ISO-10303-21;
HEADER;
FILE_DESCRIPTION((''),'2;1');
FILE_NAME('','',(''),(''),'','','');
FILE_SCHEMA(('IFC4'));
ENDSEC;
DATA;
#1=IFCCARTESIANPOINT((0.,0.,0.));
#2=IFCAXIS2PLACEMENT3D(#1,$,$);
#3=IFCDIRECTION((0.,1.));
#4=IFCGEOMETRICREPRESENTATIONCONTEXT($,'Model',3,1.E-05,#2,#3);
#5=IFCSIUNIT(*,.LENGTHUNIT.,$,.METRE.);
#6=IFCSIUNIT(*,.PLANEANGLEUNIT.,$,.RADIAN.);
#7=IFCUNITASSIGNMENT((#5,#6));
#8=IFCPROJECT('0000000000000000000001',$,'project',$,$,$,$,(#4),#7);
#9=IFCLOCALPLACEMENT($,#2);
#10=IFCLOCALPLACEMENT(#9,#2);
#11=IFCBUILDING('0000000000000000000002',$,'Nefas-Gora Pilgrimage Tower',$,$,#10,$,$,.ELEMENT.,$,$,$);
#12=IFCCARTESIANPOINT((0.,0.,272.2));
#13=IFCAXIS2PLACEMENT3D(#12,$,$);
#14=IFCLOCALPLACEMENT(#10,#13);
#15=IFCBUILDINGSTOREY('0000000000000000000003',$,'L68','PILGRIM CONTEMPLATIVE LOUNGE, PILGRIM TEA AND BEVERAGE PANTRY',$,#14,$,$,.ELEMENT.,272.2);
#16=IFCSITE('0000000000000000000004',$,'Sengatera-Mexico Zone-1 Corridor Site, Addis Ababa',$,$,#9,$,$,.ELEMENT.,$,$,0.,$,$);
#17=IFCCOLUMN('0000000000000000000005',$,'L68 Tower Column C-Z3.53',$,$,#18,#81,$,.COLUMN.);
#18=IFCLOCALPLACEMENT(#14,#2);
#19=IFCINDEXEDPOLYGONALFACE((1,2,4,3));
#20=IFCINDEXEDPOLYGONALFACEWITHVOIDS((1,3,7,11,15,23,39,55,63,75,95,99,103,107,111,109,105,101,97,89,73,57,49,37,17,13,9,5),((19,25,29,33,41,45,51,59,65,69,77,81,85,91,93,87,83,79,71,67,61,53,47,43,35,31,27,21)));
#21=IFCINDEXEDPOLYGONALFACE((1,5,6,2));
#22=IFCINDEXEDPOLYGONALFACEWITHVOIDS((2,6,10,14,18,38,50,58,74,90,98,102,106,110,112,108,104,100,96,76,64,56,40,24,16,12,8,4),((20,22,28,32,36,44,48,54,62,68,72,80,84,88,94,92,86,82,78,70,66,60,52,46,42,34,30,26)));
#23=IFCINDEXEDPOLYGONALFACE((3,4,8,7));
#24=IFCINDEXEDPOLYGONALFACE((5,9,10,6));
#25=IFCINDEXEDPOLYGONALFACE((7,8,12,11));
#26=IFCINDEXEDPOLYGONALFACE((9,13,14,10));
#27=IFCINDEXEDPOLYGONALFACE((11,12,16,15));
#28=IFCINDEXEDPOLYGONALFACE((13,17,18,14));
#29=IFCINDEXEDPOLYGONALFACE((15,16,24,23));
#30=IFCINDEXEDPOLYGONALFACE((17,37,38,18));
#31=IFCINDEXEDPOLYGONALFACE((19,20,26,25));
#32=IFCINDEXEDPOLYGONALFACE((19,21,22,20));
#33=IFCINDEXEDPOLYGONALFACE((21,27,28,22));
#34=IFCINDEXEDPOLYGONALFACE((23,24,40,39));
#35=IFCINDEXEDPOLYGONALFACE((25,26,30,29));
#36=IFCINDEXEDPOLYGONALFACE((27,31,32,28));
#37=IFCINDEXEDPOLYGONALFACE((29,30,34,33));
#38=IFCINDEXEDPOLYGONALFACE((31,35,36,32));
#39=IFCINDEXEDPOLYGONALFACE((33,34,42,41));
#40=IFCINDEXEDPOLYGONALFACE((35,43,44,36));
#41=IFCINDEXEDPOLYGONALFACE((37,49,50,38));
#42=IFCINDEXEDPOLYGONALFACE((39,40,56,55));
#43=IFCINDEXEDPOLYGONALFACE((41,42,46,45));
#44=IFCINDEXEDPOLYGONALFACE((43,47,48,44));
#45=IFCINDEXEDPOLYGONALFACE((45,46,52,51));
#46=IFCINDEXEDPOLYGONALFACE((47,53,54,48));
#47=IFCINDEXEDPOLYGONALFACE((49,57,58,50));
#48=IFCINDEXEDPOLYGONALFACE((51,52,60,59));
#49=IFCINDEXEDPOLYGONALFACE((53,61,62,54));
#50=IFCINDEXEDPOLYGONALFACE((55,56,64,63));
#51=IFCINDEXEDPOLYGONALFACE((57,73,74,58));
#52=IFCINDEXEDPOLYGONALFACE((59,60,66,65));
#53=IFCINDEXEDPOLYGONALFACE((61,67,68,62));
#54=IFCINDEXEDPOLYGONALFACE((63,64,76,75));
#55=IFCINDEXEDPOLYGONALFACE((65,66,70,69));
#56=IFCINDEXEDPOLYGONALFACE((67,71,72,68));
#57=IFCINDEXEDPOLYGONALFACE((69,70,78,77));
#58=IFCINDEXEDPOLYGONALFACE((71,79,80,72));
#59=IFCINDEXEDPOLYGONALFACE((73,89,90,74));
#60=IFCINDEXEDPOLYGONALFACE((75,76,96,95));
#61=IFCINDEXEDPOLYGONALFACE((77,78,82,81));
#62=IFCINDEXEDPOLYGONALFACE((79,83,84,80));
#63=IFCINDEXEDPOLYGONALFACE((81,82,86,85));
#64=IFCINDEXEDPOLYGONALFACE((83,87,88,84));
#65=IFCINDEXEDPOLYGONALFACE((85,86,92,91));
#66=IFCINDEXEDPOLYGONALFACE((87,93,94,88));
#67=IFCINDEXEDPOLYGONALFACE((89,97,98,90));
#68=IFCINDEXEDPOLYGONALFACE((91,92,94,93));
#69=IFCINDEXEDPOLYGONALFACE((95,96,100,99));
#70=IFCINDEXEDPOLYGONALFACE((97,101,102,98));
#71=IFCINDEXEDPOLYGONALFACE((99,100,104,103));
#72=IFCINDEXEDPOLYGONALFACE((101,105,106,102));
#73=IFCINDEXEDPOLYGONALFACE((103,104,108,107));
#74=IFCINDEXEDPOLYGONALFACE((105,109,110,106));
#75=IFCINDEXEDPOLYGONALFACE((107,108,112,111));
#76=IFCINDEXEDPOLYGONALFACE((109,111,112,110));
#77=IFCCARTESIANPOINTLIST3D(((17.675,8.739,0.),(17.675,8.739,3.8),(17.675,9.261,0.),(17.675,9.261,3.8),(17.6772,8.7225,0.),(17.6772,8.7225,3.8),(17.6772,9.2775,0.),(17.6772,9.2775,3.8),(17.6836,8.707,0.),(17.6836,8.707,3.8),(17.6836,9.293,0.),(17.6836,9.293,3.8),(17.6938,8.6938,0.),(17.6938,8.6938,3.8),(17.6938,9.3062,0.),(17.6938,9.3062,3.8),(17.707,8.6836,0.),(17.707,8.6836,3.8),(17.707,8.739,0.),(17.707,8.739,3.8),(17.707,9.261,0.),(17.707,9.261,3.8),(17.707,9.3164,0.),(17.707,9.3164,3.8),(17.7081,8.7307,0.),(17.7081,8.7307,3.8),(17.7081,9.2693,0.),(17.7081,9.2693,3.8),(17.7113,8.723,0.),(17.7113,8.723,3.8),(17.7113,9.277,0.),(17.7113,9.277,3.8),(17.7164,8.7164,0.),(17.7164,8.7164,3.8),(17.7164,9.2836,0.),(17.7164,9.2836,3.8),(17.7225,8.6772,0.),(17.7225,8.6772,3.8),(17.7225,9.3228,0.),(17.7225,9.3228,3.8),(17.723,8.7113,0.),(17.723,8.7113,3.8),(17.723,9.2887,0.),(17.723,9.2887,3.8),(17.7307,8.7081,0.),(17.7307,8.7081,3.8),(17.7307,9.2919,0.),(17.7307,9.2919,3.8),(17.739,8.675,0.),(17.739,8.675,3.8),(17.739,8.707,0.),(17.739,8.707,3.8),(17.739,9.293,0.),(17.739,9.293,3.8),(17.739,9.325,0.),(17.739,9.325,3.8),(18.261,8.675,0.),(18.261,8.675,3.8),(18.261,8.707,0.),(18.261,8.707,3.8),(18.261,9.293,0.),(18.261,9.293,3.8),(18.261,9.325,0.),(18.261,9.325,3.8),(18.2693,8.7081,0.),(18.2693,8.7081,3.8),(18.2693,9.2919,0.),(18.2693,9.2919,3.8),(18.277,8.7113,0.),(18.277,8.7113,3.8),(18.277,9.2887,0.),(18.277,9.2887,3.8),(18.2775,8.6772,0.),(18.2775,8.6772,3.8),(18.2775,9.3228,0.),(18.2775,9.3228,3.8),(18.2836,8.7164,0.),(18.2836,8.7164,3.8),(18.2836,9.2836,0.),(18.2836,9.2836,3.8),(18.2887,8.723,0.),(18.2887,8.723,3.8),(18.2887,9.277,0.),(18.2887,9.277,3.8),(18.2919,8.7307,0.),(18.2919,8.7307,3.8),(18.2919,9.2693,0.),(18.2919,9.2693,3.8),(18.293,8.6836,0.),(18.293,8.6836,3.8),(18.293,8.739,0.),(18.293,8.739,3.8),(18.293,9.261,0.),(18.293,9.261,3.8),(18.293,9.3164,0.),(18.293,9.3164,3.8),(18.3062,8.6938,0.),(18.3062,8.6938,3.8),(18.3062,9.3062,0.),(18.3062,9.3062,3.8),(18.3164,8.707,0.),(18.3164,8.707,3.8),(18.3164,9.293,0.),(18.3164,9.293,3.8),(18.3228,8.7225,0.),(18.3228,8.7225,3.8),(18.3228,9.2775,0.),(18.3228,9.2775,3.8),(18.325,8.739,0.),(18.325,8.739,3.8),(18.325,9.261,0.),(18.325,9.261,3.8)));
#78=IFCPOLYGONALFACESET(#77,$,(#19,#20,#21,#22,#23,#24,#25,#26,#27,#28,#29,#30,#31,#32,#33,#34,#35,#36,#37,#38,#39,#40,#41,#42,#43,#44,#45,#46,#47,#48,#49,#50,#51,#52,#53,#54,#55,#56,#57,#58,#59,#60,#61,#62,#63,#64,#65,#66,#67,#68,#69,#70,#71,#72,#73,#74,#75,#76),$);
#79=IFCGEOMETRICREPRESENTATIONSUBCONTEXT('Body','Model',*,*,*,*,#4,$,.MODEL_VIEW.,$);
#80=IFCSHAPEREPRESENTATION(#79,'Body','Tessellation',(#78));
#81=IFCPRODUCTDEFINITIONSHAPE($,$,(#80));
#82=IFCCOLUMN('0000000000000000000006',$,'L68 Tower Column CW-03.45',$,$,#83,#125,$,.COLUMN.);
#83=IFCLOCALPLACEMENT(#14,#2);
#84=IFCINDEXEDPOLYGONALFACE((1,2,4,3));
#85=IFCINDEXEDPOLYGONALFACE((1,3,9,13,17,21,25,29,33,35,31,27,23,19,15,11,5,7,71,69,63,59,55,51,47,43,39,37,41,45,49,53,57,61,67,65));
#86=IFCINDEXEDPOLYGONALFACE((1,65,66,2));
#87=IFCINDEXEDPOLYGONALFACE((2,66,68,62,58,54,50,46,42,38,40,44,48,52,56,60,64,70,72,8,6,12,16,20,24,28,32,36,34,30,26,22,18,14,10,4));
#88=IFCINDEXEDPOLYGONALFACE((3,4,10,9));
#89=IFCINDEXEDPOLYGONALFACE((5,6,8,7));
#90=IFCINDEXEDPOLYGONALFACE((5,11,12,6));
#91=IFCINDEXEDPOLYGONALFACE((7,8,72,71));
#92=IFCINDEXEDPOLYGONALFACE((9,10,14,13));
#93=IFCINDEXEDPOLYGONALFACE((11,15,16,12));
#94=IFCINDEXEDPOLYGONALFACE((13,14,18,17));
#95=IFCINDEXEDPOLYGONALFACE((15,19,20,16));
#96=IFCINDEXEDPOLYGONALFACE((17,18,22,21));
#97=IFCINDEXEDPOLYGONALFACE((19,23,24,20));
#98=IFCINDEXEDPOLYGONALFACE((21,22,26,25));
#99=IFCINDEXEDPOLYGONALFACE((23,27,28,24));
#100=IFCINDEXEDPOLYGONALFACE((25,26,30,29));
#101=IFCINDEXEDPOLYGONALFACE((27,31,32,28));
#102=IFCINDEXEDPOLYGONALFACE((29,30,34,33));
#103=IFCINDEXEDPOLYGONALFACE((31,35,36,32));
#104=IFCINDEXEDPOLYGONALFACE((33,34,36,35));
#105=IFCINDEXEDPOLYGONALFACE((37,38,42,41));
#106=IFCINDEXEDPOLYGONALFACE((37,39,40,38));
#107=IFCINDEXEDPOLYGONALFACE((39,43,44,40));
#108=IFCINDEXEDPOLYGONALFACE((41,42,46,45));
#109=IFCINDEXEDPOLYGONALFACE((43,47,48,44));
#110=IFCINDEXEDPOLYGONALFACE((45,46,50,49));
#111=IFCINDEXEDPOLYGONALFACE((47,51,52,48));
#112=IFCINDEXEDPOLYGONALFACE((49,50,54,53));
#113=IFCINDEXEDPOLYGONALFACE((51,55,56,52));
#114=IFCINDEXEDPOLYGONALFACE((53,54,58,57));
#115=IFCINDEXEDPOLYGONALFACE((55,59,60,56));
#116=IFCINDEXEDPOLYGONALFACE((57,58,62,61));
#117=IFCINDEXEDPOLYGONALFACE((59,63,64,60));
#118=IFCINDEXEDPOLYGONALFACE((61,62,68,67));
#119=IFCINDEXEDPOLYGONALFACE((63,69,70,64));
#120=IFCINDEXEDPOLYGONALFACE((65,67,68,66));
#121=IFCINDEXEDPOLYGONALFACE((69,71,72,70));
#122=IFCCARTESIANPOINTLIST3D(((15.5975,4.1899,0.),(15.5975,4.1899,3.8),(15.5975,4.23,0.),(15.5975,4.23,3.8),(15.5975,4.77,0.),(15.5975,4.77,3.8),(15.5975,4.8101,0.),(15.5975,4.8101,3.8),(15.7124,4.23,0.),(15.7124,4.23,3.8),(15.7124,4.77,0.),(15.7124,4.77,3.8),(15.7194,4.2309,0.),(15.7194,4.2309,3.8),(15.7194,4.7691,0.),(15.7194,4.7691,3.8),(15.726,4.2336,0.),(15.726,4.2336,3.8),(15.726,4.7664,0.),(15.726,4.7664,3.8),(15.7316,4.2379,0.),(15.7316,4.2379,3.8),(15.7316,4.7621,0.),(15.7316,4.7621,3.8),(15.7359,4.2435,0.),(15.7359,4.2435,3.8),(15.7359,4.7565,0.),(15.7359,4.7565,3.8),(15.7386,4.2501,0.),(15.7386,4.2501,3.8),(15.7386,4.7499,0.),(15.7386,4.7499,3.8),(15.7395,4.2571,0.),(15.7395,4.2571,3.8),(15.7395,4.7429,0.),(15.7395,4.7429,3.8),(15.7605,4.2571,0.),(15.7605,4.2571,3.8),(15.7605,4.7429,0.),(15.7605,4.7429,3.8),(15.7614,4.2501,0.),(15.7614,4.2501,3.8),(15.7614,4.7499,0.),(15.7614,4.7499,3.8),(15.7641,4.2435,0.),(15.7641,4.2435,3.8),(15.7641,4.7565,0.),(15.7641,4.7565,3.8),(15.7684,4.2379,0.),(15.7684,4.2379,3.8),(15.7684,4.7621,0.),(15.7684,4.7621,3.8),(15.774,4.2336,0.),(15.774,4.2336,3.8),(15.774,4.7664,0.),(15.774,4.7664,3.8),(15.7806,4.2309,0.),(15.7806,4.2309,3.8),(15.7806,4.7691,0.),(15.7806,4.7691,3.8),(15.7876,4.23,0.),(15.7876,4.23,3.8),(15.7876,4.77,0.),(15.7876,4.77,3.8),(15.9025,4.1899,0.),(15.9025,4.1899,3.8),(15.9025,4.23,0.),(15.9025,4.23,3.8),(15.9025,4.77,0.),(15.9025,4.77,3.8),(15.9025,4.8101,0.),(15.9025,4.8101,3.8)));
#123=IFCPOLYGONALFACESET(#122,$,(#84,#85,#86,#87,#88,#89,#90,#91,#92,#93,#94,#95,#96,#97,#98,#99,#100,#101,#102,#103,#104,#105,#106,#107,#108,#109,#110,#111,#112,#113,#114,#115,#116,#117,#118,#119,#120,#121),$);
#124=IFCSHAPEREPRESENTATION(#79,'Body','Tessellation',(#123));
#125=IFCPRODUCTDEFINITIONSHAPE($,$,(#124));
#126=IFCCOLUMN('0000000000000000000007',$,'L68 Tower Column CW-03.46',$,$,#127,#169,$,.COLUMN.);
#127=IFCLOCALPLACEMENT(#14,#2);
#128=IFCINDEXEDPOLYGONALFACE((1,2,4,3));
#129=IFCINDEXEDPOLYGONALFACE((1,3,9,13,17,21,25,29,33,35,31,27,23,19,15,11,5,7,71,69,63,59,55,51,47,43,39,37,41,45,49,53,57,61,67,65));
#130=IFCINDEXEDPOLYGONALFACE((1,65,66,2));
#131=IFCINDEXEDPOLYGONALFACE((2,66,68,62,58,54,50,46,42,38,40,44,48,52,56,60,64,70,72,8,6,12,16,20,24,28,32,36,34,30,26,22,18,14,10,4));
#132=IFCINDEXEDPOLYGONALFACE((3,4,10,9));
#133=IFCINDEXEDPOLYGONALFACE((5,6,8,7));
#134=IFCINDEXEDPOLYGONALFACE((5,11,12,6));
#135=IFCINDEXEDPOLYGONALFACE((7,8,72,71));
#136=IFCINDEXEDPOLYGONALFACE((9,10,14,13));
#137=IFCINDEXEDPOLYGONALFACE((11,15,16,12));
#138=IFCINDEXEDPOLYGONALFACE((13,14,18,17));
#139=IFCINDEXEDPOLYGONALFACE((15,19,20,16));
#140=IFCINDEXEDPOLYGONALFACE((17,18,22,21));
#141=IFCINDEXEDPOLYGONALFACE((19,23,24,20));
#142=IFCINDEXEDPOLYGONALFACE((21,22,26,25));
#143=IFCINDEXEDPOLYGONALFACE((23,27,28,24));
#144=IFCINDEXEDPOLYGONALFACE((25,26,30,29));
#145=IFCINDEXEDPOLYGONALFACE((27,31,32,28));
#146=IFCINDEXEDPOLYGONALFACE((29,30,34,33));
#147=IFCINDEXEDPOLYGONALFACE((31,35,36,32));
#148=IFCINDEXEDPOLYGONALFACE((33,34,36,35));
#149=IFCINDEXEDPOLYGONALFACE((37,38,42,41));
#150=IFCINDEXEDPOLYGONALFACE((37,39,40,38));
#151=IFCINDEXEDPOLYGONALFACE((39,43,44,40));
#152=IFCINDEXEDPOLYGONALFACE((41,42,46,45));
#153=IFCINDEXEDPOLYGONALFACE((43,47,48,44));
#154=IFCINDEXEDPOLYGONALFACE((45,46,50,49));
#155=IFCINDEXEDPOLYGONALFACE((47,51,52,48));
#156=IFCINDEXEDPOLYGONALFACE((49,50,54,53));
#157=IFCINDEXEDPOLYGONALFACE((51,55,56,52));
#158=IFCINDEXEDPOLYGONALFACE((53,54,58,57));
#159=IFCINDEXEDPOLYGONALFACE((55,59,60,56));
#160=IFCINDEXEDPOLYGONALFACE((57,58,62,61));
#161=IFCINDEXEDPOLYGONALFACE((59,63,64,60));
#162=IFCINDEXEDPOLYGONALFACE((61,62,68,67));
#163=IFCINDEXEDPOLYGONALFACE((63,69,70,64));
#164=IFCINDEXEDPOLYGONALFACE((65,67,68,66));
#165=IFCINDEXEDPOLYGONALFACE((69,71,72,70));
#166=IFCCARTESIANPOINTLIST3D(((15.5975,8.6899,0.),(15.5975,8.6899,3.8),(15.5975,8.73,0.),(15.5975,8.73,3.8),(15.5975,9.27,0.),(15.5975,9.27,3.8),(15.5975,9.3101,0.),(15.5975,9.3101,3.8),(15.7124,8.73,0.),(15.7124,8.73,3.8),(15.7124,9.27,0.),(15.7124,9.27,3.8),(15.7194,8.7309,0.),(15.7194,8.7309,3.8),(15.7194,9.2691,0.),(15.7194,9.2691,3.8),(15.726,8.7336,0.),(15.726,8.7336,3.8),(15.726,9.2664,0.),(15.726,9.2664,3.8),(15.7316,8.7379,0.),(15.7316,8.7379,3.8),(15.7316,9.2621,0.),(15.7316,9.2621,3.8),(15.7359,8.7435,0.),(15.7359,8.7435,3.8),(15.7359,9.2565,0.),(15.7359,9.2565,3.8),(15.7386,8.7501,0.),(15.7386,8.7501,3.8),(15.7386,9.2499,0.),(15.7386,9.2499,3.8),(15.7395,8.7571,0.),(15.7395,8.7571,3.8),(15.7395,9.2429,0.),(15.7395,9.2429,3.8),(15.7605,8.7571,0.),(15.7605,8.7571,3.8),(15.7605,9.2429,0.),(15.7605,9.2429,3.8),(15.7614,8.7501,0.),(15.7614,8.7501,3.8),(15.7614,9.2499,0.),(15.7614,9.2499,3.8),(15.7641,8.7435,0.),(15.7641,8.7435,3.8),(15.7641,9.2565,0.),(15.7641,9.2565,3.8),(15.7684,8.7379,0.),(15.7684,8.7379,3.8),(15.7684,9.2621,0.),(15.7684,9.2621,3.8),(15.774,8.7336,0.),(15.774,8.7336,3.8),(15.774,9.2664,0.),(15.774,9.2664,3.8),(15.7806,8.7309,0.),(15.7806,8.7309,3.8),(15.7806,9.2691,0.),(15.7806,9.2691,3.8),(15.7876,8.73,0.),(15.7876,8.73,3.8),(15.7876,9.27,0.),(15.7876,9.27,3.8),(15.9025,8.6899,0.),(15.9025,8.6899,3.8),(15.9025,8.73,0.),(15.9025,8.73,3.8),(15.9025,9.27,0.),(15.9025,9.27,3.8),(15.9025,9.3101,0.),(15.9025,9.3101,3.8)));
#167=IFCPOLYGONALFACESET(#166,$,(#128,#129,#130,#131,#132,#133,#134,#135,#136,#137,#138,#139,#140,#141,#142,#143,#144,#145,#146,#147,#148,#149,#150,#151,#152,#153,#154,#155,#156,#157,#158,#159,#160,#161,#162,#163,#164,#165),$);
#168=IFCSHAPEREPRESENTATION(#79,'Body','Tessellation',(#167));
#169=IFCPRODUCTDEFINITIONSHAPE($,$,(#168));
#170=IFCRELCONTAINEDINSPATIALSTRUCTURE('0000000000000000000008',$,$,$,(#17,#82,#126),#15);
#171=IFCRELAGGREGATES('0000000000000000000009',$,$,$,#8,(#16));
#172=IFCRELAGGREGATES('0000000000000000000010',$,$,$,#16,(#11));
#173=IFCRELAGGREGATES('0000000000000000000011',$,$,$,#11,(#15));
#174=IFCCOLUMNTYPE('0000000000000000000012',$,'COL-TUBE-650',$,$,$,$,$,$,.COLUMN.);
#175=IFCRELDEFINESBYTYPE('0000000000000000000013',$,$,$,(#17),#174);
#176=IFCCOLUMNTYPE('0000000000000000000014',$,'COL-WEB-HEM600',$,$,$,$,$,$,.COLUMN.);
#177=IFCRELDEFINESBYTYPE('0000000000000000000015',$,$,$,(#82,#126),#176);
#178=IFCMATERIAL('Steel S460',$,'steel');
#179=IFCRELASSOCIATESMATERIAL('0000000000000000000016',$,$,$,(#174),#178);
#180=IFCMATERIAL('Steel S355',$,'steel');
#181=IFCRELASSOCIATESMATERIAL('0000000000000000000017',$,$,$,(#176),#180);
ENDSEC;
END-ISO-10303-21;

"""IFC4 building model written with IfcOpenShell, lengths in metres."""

from ifc_helpers import new_model, si_unit, direction, frame, origin, origin_2d, place, context, subcontext, project, spatial, hollow_rectangle, i_section, extrude, source, transform, mapped, material, material_profile, profile_set, type_object, element, save


model = new_model("IFC4")

# Units and contexts
model_context = context("Model", 3, precision=1e-05, world=origin(), true_north=direction((0.0, 1.0)))
body_context = subcontext(model_context, "Body", "Model", "MODEL_VIEW")
ifc_project = project(units=[si_unit("LENGTHUNIT", "METRE"), si_unit("PLANEANGLEUNIT", "RADIAN")], contexts=[model_context])

# Site, building, storey
site_placement = place(None, origin())
site = spatial("IfcSite", under=ifc_project, at=site_placement, Name="Sengatera-Mexico Zone-1 Corridor Site, Addis Ababa", CompositionType="ELEMENT", RefElevation=0.0)
building_placement = place(site_placement, origin())
building = spatial("IfcBuilding", under=site, at=building_placement, Name="Nefas-Gora Pilgrimage Tower", CompositionType="ELEMENT")
storey_placement = place(building_placement, frame((0.0, 0.0, 272.2)))
storey = spatial("IfcBuildingStorey", under=building, at=storey_placement, Name="L68", Description="PILGRIM CONTEMPLATIVE LOUNGE, PILGRIM TEA AND BEVERAGE PANTRY", CompositionType="ELEMENT", Elevation=272.2)

# Columns
ifc_material_1 = material(Name="Steel S460", Category="steel")
ifc_material_profile_1 = material_profile(ifc_material_1, hollow_rectangle(XDim=0.6499, YDim=0.6499, WallThickness=0.032, InnerFilletRadius=0.032, OuterFilletRadius=0.064, at=origin_2d()), Name="BOX 650x650x32")
ifc_profile_set_1 = profile_set([ifc_material_profile_1], Name="Steel S460")
column_type_1 = type_object("IfcColumnType", Name="COL-TUBE-650", PredefinedType="COLUMN", material=ifc_profile_set_1)
shared_shape_1 = source(origin(), body_context, "Body", "SweptSolid", [
    extrude(hollow_rectangle(XDim=0.6499, YDim=0.6499, WallThickness=0.032, InnerFilletRadius=0.032, OuterFilletRadius=0.064, at=origin_2d()), origin(), (0.0, 0.0, 1.0), 3.8),
])
for number, where, z_axis, x_axis, name in (
    (1, (18.0, 9.0, 0.0), (0.0, 0.0, 1.0), (1.0, 0.0, 0.0), "L68 Tower Column C-Z3.53"),
):
    element("IfcColumn", number, at=place(storey_placement, frame(where, z_axis=z_axis, x_axis=x_axis)), inside=storey, type_object=column_type_1, Name=name, PredefinedType="COLUMN", context=body_context, shape_type="MappedRepresentation", body=[
        mapped(shared_shape_1, transform((0.0, 0.0, 0.0), x_axis=(1.0, 0.0, 0.0), y_axis=(0.0, 1.0, 0.0), z_axis=(0.0, 0.0, 1.0), scale=1.0)),
    ])
ifc_material_2 = material(Name="Steel S355", Category="steel")
ifc_material_profile_2 = material_profile(ifc_material_2, i_section(OverallWidth=0.3049, OverallDepth=0.6201, WebThickness=0.021, FlangeThickness=0.04, FilletRadius=0.0271, at=origin_2d()), Name="HEM 600")
ifc_profile_set_2 = profile_set([ifc_material_profile_2], Name="Steel S355")
column_type_2 = type_object("IfcColumnType", Name="COL-WEB-HEM600", PredefinedType="COLUMN", material=ifc_profile_set_2)
shared_shape_2 = source(origin(), body_context, "Body", "SweptSolid", [
    extrude(i_section(OverallWidth=0.3049, OverallDepth=0.6201, WebThickness=0.021, FlangeThickness=0.04, FilletRadius=0.0271, at=origin_2d()), origin(), (0.0, 0.0, 1.0), 3.8),
])
for number, where, z_axis, x_axis, name in (
    (2, (15.75, 4.5, 0.0), (0.0, 0.0, 1.0), (1.0, 0.0, 0.0), "L68 Tower Column CW-03.45"),
    (3, (15.75, 9.0, 0.0), (0.0, 0.0, 1.0), (1.0, 0.0, 0.0), "L68 Tower Column CW-03.46"),
):
    element("IfcColumn", number, at=place(storey_placement, frame(where, z_axis=z_axis, x_axis=x_axis)), inside=storey, type_object=column_type_2, Name=name, PredefinedType="COLUMN", context=body_context, shape_type="MappedRepresentation", body=[
        mapped(shared_shape_2, transform((0.0, 0.0, 0.0), x_axis=(1.0, 0.0, 0.0), y_axis=(0.0, 1.0, 0.0), z_axis=(0.0, 0.0, 1.0), scale=1.0)),
    ])

save(model, "model.ifc")
